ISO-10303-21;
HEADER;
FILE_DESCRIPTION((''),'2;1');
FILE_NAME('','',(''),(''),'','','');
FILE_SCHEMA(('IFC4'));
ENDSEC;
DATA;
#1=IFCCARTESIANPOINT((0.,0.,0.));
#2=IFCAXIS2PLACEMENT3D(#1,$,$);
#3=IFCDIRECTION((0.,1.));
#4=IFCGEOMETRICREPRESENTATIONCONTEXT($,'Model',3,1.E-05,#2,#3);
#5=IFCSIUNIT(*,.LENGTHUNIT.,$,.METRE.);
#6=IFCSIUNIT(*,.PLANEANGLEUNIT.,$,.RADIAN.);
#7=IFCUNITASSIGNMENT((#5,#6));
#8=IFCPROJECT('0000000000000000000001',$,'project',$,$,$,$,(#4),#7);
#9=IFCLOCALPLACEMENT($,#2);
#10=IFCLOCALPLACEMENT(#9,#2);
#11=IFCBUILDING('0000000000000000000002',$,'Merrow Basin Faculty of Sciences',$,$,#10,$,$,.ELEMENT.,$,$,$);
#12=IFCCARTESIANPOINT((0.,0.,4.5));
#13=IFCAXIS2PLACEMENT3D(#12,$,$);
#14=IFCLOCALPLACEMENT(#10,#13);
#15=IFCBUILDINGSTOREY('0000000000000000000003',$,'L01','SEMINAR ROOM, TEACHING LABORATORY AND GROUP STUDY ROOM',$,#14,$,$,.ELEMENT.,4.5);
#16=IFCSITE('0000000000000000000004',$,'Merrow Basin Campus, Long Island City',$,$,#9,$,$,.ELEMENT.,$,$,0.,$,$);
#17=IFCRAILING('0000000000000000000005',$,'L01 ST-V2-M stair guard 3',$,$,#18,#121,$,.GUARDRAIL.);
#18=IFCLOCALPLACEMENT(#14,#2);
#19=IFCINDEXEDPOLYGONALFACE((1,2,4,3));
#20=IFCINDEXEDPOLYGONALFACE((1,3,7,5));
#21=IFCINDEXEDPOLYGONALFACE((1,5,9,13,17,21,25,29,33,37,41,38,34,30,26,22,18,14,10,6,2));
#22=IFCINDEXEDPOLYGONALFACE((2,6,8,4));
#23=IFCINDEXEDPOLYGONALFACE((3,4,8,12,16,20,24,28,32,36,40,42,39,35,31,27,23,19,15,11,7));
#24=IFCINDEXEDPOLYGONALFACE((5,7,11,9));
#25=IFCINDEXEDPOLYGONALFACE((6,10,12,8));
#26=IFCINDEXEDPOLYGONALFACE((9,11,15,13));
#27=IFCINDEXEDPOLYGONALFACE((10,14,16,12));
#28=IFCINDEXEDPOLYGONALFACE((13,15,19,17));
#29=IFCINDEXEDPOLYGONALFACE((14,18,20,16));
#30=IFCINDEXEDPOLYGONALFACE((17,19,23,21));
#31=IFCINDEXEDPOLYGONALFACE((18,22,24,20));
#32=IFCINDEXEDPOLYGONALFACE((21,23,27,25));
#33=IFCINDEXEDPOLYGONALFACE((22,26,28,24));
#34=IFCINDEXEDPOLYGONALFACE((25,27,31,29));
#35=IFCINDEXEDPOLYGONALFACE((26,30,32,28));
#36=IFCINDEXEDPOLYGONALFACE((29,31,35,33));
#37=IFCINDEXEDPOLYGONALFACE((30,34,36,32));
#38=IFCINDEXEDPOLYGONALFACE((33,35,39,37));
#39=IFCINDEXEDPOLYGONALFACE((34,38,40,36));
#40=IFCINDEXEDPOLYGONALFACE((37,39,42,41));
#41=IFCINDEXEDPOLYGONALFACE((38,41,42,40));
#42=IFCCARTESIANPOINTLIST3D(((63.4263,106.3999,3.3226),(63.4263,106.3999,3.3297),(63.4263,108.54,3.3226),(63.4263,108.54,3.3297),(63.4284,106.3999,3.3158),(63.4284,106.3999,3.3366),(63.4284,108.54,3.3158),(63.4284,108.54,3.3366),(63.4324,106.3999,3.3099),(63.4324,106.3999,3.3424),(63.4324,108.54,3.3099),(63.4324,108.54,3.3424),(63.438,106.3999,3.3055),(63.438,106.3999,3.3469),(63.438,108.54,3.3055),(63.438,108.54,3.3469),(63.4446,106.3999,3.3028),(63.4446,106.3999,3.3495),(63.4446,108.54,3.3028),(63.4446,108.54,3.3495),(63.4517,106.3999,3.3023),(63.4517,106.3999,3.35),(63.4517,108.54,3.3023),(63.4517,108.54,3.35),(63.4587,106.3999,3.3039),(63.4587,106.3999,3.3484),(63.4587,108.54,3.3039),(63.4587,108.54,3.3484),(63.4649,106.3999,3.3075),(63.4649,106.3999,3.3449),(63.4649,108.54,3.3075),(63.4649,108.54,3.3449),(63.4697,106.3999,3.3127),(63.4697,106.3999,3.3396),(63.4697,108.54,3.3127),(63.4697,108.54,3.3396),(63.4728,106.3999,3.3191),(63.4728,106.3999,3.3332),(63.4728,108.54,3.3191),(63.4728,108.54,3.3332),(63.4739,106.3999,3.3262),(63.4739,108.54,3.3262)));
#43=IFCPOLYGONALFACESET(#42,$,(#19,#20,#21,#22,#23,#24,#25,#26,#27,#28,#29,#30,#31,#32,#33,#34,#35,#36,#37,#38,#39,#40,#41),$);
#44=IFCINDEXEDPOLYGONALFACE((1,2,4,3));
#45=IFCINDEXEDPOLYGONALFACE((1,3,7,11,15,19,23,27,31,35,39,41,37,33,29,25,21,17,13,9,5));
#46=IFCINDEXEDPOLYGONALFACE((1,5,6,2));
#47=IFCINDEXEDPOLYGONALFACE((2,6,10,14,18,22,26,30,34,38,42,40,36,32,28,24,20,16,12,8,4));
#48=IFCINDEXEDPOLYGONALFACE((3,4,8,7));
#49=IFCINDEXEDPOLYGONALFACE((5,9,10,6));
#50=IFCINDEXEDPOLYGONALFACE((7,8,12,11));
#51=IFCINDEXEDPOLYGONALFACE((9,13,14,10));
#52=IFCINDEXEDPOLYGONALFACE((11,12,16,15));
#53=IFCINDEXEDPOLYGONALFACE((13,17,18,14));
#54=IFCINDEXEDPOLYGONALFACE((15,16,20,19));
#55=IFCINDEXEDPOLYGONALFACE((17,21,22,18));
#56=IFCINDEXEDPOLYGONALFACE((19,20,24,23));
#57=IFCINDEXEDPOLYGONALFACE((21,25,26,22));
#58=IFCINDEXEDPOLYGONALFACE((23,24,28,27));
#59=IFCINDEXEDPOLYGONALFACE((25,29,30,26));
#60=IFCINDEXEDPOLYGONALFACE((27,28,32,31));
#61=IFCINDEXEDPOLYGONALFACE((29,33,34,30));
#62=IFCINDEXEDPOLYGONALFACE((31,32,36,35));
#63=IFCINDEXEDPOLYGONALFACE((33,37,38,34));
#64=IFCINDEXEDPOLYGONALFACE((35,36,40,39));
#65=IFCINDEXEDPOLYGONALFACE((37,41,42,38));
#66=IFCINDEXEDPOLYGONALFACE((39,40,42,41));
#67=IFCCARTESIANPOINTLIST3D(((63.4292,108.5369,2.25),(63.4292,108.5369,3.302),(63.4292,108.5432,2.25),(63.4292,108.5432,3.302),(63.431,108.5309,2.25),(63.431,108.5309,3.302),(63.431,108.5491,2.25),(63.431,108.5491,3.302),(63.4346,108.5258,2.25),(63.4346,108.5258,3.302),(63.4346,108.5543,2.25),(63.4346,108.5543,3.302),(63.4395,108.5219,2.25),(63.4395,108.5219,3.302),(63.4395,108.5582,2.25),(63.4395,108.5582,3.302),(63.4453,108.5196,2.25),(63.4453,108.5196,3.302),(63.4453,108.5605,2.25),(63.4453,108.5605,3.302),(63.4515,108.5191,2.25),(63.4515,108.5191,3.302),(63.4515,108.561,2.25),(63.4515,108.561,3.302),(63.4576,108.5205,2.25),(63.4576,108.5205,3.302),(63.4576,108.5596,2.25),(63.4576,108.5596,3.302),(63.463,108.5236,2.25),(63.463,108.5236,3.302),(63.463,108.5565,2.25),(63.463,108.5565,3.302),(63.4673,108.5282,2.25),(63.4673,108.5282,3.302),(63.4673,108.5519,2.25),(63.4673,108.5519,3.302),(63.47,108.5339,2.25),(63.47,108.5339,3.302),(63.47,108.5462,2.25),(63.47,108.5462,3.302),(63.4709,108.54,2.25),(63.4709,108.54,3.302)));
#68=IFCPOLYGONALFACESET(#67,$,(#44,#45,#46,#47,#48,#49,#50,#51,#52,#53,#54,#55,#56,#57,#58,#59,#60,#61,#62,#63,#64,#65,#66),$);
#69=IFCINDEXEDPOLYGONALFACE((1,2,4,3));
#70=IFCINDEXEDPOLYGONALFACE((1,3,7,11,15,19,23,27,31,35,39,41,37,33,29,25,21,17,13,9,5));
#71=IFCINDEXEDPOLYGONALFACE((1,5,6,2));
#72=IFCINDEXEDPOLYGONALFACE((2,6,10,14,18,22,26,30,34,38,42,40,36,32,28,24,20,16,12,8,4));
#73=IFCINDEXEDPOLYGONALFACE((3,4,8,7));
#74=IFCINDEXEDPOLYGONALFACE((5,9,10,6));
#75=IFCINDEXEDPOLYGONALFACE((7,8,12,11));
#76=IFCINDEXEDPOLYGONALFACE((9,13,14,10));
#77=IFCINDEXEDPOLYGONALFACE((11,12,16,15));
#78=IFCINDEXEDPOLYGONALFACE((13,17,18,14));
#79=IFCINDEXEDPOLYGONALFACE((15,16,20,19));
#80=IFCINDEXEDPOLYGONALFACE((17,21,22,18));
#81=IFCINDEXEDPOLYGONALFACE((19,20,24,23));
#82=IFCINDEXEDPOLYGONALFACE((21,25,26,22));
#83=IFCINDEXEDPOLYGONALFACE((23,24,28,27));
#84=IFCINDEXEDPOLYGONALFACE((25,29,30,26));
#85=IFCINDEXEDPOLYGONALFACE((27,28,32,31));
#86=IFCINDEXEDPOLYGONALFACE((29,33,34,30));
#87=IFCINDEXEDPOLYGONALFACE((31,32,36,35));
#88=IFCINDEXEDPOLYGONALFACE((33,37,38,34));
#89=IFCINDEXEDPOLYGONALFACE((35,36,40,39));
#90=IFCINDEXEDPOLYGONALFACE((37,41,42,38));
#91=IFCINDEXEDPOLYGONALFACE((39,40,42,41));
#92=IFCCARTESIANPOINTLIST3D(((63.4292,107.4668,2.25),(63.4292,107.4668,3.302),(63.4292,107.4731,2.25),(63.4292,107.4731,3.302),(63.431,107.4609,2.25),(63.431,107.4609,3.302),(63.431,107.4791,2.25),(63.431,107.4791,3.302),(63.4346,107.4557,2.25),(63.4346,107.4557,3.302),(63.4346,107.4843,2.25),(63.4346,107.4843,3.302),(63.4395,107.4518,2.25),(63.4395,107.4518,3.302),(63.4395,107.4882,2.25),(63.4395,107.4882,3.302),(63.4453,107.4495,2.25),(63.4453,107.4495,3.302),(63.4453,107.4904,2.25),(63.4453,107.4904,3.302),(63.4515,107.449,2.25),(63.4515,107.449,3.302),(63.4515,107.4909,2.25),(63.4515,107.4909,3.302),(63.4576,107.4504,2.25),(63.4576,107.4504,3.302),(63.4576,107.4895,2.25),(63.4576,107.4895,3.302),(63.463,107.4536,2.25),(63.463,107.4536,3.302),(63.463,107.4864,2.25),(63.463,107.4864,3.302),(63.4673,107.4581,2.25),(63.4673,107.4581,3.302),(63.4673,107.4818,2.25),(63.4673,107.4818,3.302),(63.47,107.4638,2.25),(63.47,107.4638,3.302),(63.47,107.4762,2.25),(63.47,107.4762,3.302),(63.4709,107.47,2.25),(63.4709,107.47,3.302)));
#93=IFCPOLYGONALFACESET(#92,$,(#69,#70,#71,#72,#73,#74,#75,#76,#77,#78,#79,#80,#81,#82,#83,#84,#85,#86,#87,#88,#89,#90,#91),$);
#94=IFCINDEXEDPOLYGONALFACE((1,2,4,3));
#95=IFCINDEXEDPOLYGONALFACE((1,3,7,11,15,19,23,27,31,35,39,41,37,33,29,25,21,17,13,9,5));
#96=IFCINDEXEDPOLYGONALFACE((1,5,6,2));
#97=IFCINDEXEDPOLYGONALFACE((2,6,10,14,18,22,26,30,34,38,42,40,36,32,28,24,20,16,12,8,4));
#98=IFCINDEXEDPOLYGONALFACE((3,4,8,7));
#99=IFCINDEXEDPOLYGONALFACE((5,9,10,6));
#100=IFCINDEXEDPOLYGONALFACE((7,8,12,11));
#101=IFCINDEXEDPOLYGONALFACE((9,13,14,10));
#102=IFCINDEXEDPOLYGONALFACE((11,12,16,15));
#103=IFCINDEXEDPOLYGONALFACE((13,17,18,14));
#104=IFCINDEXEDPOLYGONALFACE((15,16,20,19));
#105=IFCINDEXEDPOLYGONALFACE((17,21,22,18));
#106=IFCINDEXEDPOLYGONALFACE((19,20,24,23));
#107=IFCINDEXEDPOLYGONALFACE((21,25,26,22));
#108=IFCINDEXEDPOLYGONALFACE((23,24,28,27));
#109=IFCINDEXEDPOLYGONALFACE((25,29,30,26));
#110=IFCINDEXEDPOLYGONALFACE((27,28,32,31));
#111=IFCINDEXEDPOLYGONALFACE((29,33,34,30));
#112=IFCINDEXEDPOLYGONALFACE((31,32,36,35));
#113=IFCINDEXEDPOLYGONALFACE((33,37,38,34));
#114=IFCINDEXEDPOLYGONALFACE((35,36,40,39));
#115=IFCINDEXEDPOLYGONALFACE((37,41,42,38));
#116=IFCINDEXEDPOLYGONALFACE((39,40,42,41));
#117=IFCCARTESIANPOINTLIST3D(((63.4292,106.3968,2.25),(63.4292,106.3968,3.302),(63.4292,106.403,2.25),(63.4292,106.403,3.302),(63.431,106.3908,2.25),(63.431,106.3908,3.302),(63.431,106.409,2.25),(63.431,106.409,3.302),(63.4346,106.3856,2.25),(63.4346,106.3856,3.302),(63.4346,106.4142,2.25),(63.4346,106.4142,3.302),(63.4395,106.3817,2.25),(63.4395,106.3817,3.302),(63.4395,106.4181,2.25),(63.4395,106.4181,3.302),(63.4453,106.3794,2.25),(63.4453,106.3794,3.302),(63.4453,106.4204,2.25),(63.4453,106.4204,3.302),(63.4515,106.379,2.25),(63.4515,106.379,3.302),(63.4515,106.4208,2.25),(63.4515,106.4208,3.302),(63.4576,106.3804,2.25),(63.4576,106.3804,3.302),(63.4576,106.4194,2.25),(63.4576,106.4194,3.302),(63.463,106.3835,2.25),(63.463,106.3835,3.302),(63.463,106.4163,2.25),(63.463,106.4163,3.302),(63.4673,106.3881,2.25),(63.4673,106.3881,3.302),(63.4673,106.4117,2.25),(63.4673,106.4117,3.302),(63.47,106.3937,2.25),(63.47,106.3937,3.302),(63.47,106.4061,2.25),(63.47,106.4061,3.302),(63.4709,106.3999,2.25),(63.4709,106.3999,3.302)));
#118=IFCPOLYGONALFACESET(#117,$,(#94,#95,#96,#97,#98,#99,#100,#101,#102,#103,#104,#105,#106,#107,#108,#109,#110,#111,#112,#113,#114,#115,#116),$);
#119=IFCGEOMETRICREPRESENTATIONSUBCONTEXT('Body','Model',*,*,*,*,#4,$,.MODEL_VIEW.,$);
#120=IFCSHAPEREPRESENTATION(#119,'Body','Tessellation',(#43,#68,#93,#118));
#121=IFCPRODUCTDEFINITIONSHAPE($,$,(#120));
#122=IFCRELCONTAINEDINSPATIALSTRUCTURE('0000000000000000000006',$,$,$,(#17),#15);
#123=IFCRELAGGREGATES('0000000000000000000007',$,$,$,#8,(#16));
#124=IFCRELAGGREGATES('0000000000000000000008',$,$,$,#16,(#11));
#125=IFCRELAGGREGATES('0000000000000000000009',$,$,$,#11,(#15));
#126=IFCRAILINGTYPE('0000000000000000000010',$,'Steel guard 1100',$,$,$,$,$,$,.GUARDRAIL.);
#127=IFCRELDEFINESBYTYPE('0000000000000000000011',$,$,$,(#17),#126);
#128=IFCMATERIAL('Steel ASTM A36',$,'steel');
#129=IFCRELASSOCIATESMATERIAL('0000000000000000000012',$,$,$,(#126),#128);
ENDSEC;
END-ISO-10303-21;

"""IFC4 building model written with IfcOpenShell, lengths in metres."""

from ifc_helpers import new_model, si_unit, direction, frame, origin, origin_2d, place, context, subcontext, project, spatial, circle, extrude, material, type_object, element, save


model = new_model("IFC4")

# Units and contexts
model_context = context("Model", 3, precision=1e-05, world=origin(), true_north=direction((0.0, 1.0)))
body_context = subcontext(model_context, "Body", "Model", "MODEL_VIEW")
ifc_project = project(units=[si_unit("LENGTHUNIT", "METRE"), si_unit("PLANEANGLEUNIT", "RADIAN")], contexts=[model_context])

# Site, building, storey
site_placement = place(None, origin())
site = spatial("IfcSite", under=ifc_project, at=site_placement, Name="Merrow Basin Campus, Long Island City", CompositionType="ELEMENT", RefElevation=0.0)
building_placement = place(site_placement, origin())
building = spatial("IfcBuilding", under=site, at=building_placement, Name="Merrow Basin Faculty of Sciences", CompositionType="ELEMENT")
storey_placement = place(building_placement, frame((0.0, 0.0, 4.5)))
storey = spatial("IfcBuildingStorey", under=building, at=storey_placement, Name="L01", Description="SEMINAR ROOM, TEACHING LABORATORY AND GROUP STUDY ROOM", CompositionType="ELEMENT", Elevation=4.5)

# Railing
ifc_material_1 = material(Name="Steel ASTM A36", Category="steel")
railing_type = type_object("IfcRailingType", Name="Steel guard 1100", PredefinedType="GUARDRAIL", material=ifc_material_1)
railing_1_placement = place(storey_placement, frame((63.45, 108.54, 2.25)))
element("IfcRailing", 1, at=railing_1_placement, inside=storey, type_object=railing_type, Name="L01 ST-V2-M stair guard 3", PredefinedType="GUARDRAIL", context=body_context, shape_type="SweptSolid", body=[
    extrude(circle(Radius=0.0239, at=origin_2d()), frame((0.0, 0.0, 1.0762), z_axis=(0.0, -1.0, 0.0), x_axis=(1.0, 0.0, 0.0)), (0.0, 0.0, 1.0), 2.1401),
    extrude(circle(Radius=0.021, at=origin_2d()), origin(), (0.0, 0.0, 1.0), 1.052),
    extrude(circle(Radius=0.021, at=origin_2d()), frame((0.0, -1.0701, 0.0)), (0.0, 0.0, 1.0), 1.052),
    extrude(circle(Radius=0.021, at=origin_2d()), frame((0.0, -2.1401, 0.0)), (0.0, 0.0, 1.0), 1.052),
])

save(model, "model.ifc")
